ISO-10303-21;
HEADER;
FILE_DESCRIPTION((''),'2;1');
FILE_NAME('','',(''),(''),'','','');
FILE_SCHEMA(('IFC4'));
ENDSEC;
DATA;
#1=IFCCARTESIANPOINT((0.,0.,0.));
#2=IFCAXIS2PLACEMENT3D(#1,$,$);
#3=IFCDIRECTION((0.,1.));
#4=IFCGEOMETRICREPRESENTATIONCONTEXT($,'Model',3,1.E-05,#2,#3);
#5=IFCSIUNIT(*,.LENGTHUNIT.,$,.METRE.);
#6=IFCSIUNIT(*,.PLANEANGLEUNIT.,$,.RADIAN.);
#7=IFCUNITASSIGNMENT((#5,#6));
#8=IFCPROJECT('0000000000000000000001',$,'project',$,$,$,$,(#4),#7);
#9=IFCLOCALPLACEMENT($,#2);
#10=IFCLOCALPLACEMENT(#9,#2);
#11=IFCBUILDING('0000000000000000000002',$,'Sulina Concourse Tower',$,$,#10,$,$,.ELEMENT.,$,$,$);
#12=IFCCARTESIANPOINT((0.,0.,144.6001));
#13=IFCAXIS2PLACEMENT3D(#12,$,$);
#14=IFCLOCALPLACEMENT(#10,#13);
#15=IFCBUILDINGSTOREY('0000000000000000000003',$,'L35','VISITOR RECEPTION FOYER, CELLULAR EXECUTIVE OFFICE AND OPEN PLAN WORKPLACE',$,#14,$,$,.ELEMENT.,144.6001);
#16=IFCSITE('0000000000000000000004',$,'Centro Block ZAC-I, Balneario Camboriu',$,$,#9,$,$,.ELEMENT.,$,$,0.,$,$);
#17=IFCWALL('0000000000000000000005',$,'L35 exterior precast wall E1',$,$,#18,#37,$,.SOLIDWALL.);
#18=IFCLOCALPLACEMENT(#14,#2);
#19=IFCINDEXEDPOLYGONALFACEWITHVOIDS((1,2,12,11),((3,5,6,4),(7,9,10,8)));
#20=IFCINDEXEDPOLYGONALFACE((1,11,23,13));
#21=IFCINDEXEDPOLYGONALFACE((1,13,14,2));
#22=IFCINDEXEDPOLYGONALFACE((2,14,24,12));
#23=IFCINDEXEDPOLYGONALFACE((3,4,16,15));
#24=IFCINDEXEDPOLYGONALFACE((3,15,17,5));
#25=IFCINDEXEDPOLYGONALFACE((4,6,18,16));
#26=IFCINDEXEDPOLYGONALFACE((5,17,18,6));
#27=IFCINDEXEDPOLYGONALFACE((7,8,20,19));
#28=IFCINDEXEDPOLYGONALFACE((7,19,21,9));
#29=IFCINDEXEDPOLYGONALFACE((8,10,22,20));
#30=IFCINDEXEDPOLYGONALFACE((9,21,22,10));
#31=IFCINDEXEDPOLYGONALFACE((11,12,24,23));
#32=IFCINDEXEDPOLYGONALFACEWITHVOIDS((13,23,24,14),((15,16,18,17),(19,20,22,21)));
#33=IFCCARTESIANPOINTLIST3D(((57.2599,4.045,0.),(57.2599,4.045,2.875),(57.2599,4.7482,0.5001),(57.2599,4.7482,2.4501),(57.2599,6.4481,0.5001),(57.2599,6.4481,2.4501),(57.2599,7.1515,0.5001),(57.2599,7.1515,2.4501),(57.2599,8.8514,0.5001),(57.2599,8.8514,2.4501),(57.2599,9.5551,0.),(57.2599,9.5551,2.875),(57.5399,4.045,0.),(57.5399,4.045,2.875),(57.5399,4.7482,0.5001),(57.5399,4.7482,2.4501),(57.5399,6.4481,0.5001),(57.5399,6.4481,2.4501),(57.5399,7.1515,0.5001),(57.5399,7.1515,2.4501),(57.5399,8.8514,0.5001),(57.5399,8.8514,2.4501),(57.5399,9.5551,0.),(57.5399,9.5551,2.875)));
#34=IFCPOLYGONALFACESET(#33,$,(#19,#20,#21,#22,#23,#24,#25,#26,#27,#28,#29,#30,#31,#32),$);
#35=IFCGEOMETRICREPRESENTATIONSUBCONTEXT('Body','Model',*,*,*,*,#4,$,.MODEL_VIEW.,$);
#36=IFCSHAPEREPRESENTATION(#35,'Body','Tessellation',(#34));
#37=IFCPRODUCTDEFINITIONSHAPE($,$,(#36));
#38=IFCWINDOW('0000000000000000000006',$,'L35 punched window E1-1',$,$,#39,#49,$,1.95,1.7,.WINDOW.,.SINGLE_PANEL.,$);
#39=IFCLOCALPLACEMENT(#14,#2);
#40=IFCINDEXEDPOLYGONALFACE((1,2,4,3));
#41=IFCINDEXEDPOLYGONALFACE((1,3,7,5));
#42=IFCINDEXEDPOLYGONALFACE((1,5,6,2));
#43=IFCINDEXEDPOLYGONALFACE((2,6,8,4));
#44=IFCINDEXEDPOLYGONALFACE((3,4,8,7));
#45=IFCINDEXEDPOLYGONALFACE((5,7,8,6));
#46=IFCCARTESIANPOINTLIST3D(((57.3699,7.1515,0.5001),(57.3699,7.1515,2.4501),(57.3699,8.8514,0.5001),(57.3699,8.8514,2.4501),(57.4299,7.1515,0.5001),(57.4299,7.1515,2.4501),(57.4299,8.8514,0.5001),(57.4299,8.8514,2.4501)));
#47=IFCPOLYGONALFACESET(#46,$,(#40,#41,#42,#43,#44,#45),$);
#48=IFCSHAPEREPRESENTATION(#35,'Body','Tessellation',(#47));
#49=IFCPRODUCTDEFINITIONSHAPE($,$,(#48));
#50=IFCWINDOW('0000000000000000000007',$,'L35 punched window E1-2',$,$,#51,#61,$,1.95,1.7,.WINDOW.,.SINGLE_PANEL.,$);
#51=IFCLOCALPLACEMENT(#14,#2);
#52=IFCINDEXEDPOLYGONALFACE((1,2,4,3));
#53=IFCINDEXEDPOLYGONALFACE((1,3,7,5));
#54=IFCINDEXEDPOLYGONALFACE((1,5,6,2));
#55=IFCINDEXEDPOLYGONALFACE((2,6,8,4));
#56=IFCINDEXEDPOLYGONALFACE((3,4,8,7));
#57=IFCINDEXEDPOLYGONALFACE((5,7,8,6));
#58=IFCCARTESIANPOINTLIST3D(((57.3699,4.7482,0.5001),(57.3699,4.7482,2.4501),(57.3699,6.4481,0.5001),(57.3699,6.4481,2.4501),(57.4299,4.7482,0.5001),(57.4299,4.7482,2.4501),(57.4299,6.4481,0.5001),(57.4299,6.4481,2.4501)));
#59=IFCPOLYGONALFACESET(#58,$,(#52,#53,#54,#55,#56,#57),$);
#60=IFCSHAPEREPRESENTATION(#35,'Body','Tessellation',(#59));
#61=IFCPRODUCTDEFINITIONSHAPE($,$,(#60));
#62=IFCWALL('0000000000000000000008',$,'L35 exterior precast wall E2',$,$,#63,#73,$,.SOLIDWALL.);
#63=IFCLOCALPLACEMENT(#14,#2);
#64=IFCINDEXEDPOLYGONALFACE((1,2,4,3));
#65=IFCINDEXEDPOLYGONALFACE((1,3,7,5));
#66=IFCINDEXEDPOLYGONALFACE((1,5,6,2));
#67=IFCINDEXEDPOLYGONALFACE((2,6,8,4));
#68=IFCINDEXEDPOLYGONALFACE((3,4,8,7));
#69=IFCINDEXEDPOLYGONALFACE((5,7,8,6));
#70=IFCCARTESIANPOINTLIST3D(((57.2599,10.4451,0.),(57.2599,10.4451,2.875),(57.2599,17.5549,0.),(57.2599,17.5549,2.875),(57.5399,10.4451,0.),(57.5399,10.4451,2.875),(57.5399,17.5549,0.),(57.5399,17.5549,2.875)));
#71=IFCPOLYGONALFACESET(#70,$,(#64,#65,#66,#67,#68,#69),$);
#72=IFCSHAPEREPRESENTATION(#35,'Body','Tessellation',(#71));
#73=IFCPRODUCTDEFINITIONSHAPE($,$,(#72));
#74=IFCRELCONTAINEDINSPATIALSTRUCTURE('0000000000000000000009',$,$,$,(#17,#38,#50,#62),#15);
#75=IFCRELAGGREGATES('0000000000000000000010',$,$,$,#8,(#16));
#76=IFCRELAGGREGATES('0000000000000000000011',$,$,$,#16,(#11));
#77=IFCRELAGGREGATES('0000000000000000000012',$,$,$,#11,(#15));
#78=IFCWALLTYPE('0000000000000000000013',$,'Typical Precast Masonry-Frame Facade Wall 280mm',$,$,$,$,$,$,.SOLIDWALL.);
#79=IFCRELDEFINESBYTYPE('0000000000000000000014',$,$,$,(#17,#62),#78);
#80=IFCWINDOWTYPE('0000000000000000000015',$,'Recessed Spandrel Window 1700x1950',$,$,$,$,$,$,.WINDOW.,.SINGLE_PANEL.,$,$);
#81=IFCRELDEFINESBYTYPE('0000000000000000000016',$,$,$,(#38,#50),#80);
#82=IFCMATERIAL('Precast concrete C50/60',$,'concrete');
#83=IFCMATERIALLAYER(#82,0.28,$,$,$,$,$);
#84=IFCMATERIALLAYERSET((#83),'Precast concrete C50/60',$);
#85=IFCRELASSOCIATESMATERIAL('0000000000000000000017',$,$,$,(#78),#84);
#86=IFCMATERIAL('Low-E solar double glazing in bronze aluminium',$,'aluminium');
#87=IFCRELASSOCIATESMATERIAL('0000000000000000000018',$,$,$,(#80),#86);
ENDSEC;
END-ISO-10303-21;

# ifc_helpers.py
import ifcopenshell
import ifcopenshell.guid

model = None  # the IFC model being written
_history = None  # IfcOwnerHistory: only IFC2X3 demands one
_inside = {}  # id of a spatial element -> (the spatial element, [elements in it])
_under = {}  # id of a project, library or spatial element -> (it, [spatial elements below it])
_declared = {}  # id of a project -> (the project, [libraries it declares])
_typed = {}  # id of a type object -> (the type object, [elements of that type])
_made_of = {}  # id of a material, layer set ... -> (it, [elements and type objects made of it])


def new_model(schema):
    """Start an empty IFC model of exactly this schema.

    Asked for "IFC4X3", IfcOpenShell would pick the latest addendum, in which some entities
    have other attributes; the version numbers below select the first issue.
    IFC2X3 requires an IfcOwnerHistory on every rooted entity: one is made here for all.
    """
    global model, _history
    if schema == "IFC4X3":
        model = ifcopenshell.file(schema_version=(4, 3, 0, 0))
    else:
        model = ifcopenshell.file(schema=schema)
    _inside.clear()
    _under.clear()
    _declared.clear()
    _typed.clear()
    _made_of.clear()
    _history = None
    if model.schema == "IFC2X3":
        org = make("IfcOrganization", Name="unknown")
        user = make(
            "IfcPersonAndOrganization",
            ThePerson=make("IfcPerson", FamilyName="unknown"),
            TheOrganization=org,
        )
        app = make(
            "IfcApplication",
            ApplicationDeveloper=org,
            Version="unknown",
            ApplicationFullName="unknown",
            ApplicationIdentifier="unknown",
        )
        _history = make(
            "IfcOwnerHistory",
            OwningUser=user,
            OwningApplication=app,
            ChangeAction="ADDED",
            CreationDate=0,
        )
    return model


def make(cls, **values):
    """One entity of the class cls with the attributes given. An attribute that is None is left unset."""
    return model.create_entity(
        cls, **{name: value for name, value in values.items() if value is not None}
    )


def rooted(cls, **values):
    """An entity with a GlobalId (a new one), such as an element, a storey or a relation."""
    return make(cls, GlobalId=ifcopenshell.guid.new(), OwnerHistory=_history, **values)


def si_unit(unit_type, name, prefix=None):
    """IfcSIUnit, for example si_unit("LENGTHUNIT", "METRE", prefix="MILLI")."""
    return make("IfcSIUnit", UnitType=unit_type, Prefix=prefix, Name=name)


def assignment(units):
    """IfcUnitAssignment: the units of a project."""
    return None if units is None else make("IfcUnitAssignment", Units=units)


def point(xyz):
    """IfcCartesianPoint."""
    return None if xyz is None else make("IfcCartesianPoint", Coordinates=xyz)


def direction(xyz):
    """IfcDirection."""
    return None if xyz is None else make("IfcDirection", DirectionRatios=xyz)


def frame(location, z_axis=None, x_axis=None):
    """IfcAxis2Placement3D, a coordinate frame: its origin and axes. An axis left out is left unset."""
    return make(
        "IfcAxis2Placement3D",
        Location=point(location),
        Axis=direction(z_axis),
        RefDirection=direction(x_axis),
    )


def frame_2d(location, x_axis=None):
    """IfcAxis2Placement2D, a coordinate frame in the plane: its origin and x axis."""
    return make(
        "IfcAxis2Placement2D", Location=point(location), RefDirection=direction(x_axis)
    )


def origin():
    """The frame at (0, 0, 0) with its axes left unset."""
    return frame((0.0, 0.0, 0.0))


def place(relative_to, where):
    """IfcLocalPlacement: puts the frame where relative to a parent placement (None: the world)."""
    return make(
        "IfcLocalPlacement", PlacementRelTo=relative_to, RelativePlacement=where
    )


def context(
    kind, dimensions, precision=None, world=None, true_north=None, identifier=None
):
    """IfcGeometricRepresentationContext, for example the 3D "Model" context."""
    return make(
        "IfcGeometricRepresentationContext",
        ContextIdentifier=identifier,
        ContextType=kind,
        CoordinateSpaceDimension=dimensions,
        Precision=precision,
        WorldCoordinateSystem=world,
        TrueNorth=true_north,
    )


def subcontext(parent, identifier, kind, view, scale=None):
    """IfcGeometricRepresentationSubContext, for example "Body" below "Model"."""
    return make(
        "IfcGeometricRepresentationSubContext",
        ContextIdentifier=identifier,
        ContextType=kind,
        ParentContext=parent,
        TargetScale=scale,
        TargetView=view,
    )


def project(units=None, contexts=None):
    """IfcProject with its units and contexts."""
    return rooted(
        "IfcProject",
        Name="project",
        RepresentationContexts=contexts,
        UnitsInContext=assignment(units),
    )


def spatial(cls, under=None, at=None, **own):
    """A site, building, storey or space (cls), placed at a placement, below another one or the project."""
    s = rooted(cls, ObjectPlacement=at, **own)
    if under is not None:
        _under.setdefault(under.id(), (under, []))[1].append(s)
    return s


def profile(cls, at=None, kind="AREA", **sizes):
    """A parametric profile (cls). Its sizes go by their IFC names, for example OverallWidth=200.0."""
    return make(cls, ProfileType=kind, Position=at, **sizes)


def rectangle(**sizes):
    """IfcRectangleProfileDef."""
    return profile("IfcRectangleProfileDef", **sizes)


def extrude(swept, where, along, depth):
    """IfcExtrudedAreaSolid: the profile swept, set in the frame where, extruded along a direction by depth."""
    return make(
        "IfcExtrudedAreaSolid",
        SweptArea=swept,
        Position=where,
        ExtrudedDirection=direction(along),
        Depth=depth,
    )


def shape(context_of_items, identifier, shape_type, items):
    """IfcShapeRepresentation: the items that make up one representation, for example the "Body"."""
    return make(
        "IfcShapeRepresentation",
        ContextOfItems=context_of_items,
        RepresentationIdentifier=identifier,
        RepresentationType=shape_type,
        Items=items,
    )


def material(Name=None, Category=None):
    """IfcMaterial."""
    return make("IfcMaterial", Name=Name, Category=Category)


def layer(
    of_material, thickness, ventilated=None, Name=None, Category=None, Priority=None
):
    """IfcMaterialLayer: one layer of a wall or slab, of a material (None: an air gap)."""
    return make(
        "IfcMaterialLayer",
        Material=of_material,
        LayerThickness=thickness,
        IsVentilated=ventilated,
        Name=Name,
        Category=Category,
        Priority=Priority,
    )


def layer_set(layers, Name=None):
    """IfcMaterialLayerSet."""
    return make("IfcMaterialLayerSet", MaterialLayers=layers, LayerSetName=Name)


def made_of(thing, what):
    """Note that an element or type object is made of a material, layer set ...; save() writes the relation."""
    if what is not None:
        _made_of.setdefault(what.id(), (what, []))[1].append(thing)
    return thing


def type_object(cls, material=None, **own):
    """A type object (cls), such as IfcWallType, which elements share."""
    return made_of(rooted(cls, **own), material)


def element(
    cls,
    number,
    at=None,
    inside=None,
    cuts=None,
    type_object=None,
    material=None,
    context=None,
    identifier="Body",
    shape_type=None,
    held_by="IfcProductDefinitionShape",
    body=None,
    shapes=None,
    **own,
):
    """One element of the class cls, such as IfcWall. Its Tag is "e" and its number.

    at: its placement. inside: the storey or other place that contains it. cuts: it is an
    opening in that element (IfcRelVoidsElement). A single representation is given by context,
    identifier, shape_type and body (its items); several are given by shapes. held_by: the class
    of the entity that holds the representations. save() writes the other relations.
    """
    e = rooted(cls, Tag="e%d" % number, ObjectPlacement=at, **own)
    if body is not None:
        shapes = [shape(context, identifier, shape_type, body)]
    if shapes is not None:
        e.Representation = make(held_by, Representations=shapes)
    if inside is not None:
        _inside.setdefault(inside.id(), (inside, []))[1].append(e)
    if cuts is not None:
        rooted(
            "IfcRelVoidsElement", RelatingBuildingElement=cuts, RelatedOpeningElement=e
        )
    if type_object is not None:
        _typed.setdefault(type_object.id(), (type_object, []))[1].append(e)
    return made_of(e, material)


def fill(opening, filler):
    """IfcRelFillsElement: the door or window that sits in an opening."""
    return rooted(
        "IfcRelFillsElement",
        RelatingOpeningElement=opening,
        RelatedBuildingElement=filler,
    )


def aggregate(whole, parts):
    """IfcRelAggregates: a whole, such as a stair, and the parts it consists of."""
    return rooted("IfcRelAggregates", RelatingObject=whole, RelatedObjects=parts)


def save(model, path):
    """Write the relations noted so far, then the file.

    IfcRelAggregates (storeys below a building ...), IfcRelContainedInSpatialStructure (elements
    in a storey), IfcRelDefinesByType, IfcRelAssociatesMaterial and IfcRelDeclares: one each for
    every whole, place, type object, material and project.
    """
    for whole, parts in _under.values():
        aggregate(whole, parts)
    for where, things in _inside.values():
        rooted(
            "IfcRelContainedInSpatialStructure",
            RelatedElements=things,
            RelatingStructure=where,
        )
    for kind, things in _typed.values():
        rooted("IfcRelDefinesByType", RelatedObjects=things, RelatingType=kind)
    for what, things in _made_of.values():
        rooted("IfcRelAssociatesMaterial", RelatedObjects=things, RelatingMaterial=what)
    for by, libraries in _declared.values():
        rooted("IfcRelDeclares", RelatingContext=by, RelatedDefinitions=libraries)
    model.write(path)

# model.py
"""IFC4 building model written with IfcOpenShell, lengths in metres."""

from ifc_helpers import new_model, si_unit, direction, frame, frame_2d, origin, place, context, subcontext, project, spatial, rectangle, extrude, material, layer, layer_set, type_object, element, fill, save


model = new_model("IFC4")

# Units and contexts
model_context = context("Model", 3, precision=1e-05, world=origin(), true_north=direction((0.0, 1.0)))
body_context = subcontext(model_context, "Body", "Model", "MODEL_VIEW")
ifc_project = project(units=[si_unit("LENGTHUNIT", "METRE"), si_unit("PLANEANGLEUNIT", "RADIAN")], contexts=[model_context])

# Site, building, storey
site_placement = place(None, origin())
site = spatial("IfcSite", under=ifc_project, at=site_placement, Name="Centro Block ZAC-I, Balneario Camboriu", CompositionType="ELEMENT", RefElevation=0.0)
building_placement = place(site_placement, origin())
building = spatial("IfcBuilding", under=site, at=building_placement, Name="Sulina Concourse Tower", CompositionType="ELEMENT")
storey_placement = place(building_placement, frame((0.0, 0.0, 144.6001)))
storey = spatial("IfcBuildingStorey", under=building, at=storey_placement, Name="L35", Description="VISITOR RECEPTION FOYER, CELLULAR EXECUTIVE OFFICE AND OPEN PLAN WORKPLACE", CompositionType="ELEMENT", Elevation=144.6001)

# Wall, openings, windows
ifc_material_1 = material(Name="Precast concrete C50/60", Category="concrete")
ifc_layer_1 = layer(ifc_material_1, 0.28)
ifc_layer_set_1 = layer_set([ifc_layer_1], Name="Precast concrete C50/60")
wall_type_1 = type_object("IfcWallType", Name="Typical Precast Masonry-Frame Facade Wall 280mm", PredefinedType="SOLIDWALL", material=ifc_layer_set_1)
wall_1_placement = place(storey_placement, frame((57.3999, 9.5549, 0.0), z_axis=(0.0, 0.0, 1.0), x_axis=(0.0, -1.0, 0.0)))
wall_1 = element("IfcWall", 1, at=wall_1_placement, inside=storey, type_object=wall_type_1, Name="L35 exterior precast wall E1", PredefinedType="SOLIDWALL", context=body_context, shape_type="SweptSolid", body=[
    extrude(rectangle(XDim=5.51, YDim=0.28, at=frame_2d((2.7549, 0.0))), origin(), (0.0, 0.0, 1.0), 2.875),
])
opening_1_placement = place(wall_1_placement, frame((0.7034, 0.0, 0.5)))
opening_1 = element("IfcOpeningElement", 2, at=opening_1_placement, cuts=wall_1, PredefinedType="OPENING", context=body_context, shape_type="SweptSolid", body=[
    extrude(rectangle(XDim=1.7, YDim=1.95, at=frame_2d((0.8501, 0.9751))), frame((0.0, 0.1499, 0.0), z_axis=(0.0, -1.0, 0.0), x_axis=(1.0, 0.0, 0.0)), (0.0, 0.0, 1.0), 0.3),
])
opening_2_placement = place(wall_1_placement, frame((3.1067, 0.0, 0.5)))
opening_2 = element("IfcOpeningElement", 3, at=opening_2_placement, cuts=wall_1, PredefinedType="OPENING", context=body_context, shape_type="SweptSolid", body=[
    extrude(rectangle(XDim=1.7, YDim=1.95, at=frame_2d((0.8501, 0.9751))), frame((0.0, 0.1499, 0.0), z_axis=(0.0, -1.0, 0.0), x_axis=(1.0, 0.0, 0.0)), (0.0, 0.0, 1.0), 0.3),
])
ifc_material_2 = material(Name="Low-E solar double glazing in bronze aluminium", Category="aluminium")
window_type = type_object("IfcWindowType", Name="Recessed Spandrel Window 1700x1950", PartitioningType="SINGLE_PANEL", PredefinedType="WINDOW", material=ifc_material_2)
window_1_placement = place(opening_1_placement, origin())
window_1 = element("IfcWindow", 4, at=window_1_placement, inside=storey, type_object=window_type, Name="L35 punched window E1-1", OverallHeight=1.95, OverallWidth=1.7, PartitioningType="SINGLE_PANEL", PredefinedType="WINDOW", context=body_context, shape_type="SweptSolid", body=[
    extrude(rectangle(XDim=1.7, YDim=1.95, at=frame_2d((0.8501, 0.9751))), frame((0.0, 0.03, 0.0), z_axis=(0.0, -1.0, 0.0), x_axis=(1.0, 0.0, 0.0)), (0.0, 0.0, 1.0), 0.0601),
])
fill(opening_1, window_1)
window_2_placement = place(opening_2_placement, origin())
window_2 = element("IfcWindow", 5, at=window_2_placement, inside=storey, type_object=window_type, Name="L35 punched window E1-2", OverallHeight=1.95, OverallWidth=1.7, PartitioningType="SINGLE_PANEL", PredefinedType="WINDOW", context=body_context, shape_type="SweptSolid", body=[
    extrude(rectangle(XDim=1.7, YDim=1.95, at=frame_2d((0.8501, 0.9751))), frame((0.0, 0.03, 0.0), z_axis=(0.0, -1.0, 0.0), x_axis=(1.0, 0.0, 0.0)), (0.0, 0.0, 1.0), 0.0601),
])
fill(opening_2, window_2)

# Wall
wall_2_placement = place(storey_placement, frame((57.3999, 17.5549, 0.0), z_axis=(0.0, 0.0, 1.0), x_axis=(0.0, -1.0, 0.0)))
element("IfcWall", 6, at=wall_2_placement, inside=storey, type_object=wall_type_1, Name="L35 exterior precast wall E2", PredefinedType="SOLIDWALL", context=body_context, shape_type="SweptSolid", body=[
    extrude(rectangle(XDim=7.1099, YDim=0.28, at=frame_2d((3.5549, 0.0))), origin(), (0.0, 0.0, 1.0), 2.875),
])

save(model, "model.ifc")
